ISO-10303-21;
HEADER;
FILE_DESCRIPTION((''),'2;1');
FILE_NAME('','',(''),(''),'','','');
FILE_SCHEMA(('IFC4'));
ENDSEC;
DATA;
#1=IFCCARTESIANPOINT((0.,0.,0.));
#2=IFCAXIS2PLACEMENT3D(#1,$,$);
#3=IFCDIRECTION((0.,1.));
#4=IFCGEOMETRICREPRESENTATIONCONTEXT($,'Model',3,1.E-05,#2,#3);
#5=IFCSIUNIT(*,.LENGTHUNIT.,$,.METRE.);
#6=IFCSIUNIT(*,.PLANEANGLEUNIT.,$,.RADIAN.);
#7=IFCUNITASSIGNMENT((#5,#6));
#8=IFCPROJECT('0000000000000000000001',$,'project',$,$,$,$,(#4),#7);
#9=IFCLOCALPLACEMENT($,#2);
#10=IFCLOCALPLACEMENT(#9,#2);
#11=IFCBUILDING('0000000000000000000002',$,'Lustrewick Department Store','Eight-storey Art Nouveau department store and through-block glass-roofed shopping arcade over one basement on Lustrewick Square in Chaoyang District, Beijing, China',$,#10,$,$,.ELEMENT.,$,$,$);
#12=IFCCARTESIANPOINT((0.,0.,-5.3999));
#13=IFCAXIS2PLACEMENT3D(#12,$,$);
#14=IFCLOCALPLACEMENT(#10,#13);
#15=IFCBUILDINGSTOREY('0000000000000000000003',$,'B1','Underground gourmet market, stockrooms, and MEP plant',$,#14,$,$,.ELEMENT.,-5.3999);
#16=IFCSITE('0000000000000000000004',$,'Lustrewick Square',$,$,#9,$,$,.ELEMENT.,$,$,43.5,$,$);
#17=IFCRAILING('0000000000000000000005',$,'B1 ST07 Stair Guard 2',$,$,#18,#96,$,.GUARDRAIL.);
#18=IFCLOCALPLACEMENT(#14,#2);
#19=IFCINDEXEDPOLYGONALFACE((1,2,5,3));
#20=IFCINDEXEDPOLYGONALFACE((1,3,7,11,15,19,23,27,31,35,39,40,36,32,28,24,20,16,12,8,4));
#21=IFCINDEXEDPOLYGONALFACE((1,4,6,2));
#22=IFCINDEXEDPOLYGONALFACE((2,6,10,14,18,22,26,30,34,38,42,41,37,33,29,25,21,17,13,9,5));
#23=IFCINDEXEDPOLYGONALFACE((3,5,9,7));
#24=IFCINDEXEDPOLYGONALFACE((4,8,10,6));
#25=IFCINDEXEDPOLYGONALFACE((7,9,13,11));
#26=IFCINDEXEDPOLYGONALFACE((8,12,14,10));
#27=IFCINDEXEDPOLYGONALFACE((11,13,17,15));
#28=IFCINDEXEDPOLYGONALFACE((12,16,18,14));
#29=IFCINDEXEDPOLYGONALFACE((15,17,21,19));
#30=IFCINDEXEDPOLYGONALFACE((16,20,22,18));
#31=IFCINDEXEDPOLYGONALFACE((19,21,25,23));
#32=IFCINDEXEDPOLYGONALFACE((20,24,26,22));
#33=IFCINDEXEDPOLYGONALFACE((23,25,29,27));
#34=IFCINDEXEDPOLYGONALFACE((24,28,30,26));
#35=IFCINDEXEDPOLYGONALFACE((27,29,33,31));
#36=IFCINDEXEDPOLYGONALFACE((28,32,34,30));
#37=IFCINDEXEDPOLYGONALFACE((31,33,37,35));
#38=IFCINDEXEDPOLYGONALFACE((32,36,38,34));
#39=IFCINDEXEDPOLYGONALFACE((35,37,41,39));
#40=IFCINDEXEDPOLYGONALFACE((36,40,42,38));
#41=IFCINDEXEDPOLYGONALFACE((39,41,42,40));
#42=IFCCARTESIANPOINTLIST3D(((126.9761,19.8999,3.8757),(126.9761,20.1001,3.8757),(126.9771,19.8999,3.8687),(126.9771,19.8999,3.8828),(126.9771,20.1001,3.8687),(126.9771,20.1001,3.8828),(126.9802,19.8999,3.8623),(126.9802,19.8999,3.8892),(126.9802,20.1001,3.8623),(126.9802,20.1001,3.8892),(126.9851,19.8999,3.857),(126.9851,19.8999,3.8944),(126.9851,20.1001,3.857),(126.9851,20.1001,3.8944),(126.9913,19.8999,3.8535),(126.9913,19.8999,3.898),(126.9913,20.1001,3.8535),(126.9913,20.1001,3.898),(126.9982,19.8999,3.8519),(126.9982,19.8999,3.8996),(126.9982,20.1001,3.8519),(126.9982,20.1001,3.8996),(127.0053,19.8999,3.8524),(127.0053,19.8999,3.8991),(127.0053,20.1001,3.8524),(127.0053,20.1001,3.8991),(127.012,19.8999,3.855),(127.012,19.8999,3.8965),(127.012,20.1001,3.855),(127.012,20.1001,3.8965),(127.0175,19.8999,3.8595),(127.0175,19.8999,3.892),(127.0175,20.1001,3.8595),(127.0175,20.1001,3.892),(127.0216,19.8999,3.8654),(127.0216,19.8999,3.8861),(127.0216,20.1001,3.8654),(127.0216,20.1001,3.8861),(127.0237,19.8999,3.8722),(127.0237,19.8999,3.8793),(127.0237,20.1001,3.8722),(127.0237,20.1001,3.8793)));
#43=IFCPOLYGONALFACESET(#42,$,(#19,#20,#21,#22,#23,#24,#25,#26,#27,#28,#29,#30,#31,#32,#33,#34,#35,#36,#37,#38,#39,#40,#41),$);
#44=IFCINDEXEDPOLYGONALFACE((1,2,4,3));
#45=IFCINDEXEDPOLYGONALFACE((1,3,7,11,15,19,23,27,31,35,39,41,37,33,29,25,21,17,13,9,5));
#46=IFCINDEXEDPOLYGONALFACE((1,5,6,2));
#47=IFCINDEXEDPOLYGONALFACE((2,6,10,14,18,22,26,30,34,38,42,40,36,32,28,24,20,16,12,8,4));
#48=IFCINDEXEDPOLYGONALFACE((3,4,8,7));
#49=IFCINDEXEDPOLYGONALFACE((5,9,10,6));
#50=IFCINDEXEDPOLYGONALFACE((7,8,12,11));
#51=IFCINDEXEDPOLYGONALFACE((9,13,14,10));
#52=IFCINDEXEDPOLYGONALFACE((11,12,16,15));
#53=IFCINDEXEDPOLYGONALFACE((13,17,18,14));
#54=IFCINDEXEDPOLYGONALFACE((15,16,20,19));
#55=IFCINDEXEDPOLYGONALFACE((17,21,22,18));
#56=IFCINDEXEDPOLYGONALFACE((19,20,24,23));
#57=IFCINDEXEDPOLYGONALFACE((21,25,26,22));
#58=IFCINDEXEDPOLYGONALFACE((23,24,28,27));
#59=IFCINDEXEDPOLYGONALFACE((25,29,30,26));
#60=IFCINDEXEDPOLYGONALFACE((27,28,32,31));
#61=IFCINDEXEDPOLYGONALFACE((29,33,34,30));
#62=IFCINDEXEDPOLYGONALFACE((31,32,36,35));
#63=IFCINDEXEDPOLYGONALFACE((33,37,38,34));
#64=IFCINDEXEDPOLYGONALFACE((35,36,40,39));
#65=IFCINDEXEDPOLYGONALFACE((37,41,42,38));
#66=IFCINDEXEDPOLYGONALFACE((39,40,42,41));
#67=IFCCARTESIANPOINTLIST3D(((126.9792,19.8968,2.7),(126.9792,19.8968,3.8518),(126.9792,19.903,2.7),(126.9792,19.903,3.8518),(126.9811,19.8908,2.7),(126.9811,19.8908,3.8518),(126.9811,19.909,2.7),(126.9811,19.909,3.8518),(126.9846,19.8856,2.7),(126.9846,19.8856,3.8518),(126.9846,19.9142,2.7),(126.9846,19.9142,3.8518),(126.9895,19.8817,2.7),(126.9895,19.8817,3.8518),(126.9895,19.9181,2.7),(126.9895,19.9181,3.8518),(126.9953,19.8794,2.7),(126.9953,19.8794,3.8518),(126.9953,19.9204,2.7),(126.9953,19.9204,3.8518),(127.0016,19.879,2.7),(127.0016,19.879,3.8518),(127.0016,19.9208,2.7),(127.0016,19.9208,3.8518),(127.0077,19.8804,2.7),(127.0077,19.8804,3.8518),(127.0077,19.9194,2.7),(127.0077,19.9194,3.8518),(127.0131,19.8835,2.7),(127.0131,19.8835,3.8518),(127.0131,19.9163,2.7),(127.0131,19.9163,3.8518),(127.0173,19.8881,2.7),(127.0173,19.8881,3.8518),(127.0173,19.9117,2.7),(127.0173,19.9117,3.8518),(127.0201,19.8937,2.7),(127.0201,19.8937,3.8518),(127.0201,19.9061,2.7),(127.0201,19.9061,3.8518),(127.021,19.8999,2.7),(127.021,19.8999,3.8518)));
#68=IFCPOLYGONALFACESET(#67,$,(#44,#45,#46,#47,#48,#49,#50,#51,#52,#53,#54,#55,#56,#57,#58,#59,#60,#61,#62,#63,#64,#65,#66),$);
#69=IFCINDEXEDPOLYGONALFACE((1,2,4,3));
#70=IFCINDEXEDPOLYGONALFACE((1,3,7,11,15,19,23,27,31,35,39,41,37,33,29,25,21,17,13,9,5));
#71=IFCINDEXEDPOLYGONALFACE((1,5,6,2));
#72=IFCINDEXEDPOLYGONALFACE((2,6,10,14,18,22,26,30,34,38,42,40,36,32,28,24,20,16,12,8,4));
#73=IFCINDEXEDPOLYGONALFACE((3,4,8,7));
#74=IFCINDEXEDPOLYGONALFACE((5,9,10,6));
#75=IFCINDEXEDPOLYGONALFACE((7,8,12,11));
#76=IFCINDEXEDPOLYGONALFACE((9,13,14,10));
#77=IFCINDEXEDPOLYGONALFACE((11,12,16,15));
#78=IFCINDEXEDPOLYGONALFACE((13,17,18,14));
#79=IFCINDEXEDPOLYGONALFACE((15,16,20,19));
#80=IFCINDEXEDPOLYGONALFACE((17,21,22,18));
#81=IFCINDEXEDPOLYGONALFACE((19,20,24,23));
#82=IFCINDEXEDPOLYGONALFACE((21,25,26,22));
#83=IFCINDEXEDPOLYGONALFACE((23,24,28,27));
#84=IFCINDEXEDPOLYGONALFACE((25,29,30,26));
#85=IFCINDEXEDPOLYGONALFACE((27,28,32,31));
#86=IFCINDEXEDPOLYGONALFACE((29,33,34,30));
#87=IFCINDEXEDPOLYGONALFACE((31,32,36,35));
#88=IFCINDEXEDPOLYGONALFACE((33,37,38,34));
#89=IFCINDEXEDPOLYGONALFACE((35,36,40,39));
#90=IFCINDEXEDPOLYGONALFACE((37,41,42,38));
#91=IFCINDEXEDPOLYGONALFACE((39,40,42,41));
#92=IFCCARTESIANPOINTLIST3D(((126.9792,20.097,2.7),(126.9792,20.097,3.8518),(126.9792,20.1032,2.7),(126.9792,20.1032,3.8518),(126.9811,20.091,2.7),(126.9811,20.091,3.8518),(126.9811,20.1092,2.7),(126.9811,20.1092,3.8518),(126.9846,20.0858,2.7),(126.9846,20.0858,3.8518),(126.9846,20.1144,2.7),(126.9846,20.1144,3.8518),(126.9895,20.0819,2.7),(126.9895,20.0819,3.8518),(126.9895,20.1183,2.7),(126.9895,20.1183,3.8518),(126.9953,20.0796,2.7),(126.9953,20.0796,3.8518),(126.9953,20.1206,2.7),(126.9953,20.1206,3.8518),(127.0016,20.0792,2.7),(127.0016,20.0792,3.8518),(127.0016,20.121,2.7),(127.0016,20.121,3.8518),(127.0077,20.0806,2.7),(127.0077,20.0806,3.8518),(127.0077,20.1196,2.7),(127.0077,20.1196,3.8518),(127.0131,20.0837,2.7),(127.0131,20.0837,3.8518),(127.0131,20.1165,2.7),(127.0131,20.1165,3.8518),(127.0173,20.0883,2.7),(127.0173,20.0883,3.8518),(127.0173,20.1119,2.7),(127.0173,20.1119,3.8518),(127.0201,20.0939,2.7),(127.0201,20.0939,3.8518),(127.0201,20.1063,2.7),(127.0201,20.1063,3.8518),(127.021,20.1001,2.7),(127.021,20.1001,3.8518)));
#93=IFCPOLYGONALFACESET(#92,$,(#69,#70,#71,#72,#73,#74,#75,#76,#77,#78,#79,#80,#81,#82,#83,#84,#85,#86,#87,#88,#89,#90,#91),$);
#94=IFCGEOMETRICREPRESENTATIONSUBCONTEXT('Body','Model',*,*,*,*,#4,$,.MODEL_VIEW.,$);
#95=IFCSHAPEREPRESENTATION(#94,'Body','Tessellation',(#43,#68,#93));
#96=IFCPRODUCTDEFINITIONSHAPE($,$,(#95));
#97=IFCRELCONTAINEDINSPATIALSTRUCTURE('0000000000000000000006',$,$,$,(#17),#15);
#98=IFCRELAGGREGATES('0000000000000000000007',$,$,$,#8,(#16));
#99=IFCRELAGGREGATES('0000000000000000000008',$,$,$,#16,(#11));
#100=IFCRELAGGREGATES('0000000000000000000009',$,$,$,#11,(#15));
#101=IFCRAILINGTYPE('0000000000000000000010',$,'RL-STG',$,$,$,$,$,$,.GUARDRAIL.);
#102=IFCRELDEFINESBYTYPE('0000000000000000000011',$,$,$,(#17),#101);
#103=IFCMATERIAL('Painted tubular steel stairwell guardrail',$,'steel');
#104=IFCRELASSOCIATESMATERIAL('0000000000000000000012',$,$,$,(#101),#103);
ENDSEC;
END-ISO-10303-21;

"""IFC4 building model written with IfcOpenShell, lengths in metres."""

from ifc_helpers import new_model, si_unit, direction, frame, origin, origin_2d, place, context, subcontext, project, spatial, circle, extrude, material, type_object, element, save


model = new_model("IFC4")

# Units and contexts
model_context = context("Model", 3, precision=1e-05, world=origin(), true_north=direction((0.0, 1.0)))
body_context = subcontext(model_context, "Body", "Model", "MODEL_VIEW")
ifc_project = project(units=[si_unit("LENGTHUNIT", "METRE"), si_unit("PLANEANGLEUNIT", "RADIAN")], contexts=[model_context])

# Site, building, storey
site_placement = place(None, origin())
site = spatial("IfcSite", under=ifc_project, at=site_placement, Name="Lustrewick Square", CompositionType="ELEMENT", RefElevation=43.5)
building_placement = place(site_placement, origin())
building = spatial("IfcBuilding", under=site, at=building_placement, Name="Lustrewick Department Store", Description="Eight-storey Art Nouveau department store and through-block glass-roofed shopping arcade over one basement on Lustrewick Square in Chaoyang District, Beijing, China", CompositionType="ELEMENT")
storey_placement = place(building_placement, frame((0.0, 0.0, -5.3999)))
storey = spatial("IfcBuildingStorey", under=building, at=storey_placement, Name="B1", Description="Underground gourmet market, stockrooms, and MEP plant", CompositionType="ELEMENT", Elevation=-5.3999)

# Railing
ifc_material_1 = material(Name="Painted tubular steel stairwell guardrail", Category="steel")
railing_type_1 = type_object("IfcRailingType", Name="RL-STG", PredefinedType="GUARDRAIL", material=ifc_material_1)
railing_1_placement = place(storey_placement, frame((127.0, 19.8999, 2.7)))
element("IfcRailing", 1, at=railing_1_placement, inside=storey, type_object=railing_type_1, Name="B1 ST07 Stair Guard 2", PredefinedType="GUARDRAIL", context=body_context, shape_type="SweptSolid", body=[
    extrude(circle(Radius=0.0239, at=origin_2d()), frame((0.0, 0.0, 1.1758), z_axis=(0.0, 1.0, 0.0), x_axis=(-1.0, 0.0, 0.0)), (0.0, 0.0, 1.0), 0.2002),
    extrude(circle(Radius=0.021, at=origin_2d()), origin(), (0.0, 0.0, 1.0), 1.1519),
    extrude(circle(Radius=0.021, at=origin_2d()), frame((0.0, 0.2002, 0.0)), (0.0, 0.0, 1.0), 1.1519),
])

save(model, "model.ifc")
